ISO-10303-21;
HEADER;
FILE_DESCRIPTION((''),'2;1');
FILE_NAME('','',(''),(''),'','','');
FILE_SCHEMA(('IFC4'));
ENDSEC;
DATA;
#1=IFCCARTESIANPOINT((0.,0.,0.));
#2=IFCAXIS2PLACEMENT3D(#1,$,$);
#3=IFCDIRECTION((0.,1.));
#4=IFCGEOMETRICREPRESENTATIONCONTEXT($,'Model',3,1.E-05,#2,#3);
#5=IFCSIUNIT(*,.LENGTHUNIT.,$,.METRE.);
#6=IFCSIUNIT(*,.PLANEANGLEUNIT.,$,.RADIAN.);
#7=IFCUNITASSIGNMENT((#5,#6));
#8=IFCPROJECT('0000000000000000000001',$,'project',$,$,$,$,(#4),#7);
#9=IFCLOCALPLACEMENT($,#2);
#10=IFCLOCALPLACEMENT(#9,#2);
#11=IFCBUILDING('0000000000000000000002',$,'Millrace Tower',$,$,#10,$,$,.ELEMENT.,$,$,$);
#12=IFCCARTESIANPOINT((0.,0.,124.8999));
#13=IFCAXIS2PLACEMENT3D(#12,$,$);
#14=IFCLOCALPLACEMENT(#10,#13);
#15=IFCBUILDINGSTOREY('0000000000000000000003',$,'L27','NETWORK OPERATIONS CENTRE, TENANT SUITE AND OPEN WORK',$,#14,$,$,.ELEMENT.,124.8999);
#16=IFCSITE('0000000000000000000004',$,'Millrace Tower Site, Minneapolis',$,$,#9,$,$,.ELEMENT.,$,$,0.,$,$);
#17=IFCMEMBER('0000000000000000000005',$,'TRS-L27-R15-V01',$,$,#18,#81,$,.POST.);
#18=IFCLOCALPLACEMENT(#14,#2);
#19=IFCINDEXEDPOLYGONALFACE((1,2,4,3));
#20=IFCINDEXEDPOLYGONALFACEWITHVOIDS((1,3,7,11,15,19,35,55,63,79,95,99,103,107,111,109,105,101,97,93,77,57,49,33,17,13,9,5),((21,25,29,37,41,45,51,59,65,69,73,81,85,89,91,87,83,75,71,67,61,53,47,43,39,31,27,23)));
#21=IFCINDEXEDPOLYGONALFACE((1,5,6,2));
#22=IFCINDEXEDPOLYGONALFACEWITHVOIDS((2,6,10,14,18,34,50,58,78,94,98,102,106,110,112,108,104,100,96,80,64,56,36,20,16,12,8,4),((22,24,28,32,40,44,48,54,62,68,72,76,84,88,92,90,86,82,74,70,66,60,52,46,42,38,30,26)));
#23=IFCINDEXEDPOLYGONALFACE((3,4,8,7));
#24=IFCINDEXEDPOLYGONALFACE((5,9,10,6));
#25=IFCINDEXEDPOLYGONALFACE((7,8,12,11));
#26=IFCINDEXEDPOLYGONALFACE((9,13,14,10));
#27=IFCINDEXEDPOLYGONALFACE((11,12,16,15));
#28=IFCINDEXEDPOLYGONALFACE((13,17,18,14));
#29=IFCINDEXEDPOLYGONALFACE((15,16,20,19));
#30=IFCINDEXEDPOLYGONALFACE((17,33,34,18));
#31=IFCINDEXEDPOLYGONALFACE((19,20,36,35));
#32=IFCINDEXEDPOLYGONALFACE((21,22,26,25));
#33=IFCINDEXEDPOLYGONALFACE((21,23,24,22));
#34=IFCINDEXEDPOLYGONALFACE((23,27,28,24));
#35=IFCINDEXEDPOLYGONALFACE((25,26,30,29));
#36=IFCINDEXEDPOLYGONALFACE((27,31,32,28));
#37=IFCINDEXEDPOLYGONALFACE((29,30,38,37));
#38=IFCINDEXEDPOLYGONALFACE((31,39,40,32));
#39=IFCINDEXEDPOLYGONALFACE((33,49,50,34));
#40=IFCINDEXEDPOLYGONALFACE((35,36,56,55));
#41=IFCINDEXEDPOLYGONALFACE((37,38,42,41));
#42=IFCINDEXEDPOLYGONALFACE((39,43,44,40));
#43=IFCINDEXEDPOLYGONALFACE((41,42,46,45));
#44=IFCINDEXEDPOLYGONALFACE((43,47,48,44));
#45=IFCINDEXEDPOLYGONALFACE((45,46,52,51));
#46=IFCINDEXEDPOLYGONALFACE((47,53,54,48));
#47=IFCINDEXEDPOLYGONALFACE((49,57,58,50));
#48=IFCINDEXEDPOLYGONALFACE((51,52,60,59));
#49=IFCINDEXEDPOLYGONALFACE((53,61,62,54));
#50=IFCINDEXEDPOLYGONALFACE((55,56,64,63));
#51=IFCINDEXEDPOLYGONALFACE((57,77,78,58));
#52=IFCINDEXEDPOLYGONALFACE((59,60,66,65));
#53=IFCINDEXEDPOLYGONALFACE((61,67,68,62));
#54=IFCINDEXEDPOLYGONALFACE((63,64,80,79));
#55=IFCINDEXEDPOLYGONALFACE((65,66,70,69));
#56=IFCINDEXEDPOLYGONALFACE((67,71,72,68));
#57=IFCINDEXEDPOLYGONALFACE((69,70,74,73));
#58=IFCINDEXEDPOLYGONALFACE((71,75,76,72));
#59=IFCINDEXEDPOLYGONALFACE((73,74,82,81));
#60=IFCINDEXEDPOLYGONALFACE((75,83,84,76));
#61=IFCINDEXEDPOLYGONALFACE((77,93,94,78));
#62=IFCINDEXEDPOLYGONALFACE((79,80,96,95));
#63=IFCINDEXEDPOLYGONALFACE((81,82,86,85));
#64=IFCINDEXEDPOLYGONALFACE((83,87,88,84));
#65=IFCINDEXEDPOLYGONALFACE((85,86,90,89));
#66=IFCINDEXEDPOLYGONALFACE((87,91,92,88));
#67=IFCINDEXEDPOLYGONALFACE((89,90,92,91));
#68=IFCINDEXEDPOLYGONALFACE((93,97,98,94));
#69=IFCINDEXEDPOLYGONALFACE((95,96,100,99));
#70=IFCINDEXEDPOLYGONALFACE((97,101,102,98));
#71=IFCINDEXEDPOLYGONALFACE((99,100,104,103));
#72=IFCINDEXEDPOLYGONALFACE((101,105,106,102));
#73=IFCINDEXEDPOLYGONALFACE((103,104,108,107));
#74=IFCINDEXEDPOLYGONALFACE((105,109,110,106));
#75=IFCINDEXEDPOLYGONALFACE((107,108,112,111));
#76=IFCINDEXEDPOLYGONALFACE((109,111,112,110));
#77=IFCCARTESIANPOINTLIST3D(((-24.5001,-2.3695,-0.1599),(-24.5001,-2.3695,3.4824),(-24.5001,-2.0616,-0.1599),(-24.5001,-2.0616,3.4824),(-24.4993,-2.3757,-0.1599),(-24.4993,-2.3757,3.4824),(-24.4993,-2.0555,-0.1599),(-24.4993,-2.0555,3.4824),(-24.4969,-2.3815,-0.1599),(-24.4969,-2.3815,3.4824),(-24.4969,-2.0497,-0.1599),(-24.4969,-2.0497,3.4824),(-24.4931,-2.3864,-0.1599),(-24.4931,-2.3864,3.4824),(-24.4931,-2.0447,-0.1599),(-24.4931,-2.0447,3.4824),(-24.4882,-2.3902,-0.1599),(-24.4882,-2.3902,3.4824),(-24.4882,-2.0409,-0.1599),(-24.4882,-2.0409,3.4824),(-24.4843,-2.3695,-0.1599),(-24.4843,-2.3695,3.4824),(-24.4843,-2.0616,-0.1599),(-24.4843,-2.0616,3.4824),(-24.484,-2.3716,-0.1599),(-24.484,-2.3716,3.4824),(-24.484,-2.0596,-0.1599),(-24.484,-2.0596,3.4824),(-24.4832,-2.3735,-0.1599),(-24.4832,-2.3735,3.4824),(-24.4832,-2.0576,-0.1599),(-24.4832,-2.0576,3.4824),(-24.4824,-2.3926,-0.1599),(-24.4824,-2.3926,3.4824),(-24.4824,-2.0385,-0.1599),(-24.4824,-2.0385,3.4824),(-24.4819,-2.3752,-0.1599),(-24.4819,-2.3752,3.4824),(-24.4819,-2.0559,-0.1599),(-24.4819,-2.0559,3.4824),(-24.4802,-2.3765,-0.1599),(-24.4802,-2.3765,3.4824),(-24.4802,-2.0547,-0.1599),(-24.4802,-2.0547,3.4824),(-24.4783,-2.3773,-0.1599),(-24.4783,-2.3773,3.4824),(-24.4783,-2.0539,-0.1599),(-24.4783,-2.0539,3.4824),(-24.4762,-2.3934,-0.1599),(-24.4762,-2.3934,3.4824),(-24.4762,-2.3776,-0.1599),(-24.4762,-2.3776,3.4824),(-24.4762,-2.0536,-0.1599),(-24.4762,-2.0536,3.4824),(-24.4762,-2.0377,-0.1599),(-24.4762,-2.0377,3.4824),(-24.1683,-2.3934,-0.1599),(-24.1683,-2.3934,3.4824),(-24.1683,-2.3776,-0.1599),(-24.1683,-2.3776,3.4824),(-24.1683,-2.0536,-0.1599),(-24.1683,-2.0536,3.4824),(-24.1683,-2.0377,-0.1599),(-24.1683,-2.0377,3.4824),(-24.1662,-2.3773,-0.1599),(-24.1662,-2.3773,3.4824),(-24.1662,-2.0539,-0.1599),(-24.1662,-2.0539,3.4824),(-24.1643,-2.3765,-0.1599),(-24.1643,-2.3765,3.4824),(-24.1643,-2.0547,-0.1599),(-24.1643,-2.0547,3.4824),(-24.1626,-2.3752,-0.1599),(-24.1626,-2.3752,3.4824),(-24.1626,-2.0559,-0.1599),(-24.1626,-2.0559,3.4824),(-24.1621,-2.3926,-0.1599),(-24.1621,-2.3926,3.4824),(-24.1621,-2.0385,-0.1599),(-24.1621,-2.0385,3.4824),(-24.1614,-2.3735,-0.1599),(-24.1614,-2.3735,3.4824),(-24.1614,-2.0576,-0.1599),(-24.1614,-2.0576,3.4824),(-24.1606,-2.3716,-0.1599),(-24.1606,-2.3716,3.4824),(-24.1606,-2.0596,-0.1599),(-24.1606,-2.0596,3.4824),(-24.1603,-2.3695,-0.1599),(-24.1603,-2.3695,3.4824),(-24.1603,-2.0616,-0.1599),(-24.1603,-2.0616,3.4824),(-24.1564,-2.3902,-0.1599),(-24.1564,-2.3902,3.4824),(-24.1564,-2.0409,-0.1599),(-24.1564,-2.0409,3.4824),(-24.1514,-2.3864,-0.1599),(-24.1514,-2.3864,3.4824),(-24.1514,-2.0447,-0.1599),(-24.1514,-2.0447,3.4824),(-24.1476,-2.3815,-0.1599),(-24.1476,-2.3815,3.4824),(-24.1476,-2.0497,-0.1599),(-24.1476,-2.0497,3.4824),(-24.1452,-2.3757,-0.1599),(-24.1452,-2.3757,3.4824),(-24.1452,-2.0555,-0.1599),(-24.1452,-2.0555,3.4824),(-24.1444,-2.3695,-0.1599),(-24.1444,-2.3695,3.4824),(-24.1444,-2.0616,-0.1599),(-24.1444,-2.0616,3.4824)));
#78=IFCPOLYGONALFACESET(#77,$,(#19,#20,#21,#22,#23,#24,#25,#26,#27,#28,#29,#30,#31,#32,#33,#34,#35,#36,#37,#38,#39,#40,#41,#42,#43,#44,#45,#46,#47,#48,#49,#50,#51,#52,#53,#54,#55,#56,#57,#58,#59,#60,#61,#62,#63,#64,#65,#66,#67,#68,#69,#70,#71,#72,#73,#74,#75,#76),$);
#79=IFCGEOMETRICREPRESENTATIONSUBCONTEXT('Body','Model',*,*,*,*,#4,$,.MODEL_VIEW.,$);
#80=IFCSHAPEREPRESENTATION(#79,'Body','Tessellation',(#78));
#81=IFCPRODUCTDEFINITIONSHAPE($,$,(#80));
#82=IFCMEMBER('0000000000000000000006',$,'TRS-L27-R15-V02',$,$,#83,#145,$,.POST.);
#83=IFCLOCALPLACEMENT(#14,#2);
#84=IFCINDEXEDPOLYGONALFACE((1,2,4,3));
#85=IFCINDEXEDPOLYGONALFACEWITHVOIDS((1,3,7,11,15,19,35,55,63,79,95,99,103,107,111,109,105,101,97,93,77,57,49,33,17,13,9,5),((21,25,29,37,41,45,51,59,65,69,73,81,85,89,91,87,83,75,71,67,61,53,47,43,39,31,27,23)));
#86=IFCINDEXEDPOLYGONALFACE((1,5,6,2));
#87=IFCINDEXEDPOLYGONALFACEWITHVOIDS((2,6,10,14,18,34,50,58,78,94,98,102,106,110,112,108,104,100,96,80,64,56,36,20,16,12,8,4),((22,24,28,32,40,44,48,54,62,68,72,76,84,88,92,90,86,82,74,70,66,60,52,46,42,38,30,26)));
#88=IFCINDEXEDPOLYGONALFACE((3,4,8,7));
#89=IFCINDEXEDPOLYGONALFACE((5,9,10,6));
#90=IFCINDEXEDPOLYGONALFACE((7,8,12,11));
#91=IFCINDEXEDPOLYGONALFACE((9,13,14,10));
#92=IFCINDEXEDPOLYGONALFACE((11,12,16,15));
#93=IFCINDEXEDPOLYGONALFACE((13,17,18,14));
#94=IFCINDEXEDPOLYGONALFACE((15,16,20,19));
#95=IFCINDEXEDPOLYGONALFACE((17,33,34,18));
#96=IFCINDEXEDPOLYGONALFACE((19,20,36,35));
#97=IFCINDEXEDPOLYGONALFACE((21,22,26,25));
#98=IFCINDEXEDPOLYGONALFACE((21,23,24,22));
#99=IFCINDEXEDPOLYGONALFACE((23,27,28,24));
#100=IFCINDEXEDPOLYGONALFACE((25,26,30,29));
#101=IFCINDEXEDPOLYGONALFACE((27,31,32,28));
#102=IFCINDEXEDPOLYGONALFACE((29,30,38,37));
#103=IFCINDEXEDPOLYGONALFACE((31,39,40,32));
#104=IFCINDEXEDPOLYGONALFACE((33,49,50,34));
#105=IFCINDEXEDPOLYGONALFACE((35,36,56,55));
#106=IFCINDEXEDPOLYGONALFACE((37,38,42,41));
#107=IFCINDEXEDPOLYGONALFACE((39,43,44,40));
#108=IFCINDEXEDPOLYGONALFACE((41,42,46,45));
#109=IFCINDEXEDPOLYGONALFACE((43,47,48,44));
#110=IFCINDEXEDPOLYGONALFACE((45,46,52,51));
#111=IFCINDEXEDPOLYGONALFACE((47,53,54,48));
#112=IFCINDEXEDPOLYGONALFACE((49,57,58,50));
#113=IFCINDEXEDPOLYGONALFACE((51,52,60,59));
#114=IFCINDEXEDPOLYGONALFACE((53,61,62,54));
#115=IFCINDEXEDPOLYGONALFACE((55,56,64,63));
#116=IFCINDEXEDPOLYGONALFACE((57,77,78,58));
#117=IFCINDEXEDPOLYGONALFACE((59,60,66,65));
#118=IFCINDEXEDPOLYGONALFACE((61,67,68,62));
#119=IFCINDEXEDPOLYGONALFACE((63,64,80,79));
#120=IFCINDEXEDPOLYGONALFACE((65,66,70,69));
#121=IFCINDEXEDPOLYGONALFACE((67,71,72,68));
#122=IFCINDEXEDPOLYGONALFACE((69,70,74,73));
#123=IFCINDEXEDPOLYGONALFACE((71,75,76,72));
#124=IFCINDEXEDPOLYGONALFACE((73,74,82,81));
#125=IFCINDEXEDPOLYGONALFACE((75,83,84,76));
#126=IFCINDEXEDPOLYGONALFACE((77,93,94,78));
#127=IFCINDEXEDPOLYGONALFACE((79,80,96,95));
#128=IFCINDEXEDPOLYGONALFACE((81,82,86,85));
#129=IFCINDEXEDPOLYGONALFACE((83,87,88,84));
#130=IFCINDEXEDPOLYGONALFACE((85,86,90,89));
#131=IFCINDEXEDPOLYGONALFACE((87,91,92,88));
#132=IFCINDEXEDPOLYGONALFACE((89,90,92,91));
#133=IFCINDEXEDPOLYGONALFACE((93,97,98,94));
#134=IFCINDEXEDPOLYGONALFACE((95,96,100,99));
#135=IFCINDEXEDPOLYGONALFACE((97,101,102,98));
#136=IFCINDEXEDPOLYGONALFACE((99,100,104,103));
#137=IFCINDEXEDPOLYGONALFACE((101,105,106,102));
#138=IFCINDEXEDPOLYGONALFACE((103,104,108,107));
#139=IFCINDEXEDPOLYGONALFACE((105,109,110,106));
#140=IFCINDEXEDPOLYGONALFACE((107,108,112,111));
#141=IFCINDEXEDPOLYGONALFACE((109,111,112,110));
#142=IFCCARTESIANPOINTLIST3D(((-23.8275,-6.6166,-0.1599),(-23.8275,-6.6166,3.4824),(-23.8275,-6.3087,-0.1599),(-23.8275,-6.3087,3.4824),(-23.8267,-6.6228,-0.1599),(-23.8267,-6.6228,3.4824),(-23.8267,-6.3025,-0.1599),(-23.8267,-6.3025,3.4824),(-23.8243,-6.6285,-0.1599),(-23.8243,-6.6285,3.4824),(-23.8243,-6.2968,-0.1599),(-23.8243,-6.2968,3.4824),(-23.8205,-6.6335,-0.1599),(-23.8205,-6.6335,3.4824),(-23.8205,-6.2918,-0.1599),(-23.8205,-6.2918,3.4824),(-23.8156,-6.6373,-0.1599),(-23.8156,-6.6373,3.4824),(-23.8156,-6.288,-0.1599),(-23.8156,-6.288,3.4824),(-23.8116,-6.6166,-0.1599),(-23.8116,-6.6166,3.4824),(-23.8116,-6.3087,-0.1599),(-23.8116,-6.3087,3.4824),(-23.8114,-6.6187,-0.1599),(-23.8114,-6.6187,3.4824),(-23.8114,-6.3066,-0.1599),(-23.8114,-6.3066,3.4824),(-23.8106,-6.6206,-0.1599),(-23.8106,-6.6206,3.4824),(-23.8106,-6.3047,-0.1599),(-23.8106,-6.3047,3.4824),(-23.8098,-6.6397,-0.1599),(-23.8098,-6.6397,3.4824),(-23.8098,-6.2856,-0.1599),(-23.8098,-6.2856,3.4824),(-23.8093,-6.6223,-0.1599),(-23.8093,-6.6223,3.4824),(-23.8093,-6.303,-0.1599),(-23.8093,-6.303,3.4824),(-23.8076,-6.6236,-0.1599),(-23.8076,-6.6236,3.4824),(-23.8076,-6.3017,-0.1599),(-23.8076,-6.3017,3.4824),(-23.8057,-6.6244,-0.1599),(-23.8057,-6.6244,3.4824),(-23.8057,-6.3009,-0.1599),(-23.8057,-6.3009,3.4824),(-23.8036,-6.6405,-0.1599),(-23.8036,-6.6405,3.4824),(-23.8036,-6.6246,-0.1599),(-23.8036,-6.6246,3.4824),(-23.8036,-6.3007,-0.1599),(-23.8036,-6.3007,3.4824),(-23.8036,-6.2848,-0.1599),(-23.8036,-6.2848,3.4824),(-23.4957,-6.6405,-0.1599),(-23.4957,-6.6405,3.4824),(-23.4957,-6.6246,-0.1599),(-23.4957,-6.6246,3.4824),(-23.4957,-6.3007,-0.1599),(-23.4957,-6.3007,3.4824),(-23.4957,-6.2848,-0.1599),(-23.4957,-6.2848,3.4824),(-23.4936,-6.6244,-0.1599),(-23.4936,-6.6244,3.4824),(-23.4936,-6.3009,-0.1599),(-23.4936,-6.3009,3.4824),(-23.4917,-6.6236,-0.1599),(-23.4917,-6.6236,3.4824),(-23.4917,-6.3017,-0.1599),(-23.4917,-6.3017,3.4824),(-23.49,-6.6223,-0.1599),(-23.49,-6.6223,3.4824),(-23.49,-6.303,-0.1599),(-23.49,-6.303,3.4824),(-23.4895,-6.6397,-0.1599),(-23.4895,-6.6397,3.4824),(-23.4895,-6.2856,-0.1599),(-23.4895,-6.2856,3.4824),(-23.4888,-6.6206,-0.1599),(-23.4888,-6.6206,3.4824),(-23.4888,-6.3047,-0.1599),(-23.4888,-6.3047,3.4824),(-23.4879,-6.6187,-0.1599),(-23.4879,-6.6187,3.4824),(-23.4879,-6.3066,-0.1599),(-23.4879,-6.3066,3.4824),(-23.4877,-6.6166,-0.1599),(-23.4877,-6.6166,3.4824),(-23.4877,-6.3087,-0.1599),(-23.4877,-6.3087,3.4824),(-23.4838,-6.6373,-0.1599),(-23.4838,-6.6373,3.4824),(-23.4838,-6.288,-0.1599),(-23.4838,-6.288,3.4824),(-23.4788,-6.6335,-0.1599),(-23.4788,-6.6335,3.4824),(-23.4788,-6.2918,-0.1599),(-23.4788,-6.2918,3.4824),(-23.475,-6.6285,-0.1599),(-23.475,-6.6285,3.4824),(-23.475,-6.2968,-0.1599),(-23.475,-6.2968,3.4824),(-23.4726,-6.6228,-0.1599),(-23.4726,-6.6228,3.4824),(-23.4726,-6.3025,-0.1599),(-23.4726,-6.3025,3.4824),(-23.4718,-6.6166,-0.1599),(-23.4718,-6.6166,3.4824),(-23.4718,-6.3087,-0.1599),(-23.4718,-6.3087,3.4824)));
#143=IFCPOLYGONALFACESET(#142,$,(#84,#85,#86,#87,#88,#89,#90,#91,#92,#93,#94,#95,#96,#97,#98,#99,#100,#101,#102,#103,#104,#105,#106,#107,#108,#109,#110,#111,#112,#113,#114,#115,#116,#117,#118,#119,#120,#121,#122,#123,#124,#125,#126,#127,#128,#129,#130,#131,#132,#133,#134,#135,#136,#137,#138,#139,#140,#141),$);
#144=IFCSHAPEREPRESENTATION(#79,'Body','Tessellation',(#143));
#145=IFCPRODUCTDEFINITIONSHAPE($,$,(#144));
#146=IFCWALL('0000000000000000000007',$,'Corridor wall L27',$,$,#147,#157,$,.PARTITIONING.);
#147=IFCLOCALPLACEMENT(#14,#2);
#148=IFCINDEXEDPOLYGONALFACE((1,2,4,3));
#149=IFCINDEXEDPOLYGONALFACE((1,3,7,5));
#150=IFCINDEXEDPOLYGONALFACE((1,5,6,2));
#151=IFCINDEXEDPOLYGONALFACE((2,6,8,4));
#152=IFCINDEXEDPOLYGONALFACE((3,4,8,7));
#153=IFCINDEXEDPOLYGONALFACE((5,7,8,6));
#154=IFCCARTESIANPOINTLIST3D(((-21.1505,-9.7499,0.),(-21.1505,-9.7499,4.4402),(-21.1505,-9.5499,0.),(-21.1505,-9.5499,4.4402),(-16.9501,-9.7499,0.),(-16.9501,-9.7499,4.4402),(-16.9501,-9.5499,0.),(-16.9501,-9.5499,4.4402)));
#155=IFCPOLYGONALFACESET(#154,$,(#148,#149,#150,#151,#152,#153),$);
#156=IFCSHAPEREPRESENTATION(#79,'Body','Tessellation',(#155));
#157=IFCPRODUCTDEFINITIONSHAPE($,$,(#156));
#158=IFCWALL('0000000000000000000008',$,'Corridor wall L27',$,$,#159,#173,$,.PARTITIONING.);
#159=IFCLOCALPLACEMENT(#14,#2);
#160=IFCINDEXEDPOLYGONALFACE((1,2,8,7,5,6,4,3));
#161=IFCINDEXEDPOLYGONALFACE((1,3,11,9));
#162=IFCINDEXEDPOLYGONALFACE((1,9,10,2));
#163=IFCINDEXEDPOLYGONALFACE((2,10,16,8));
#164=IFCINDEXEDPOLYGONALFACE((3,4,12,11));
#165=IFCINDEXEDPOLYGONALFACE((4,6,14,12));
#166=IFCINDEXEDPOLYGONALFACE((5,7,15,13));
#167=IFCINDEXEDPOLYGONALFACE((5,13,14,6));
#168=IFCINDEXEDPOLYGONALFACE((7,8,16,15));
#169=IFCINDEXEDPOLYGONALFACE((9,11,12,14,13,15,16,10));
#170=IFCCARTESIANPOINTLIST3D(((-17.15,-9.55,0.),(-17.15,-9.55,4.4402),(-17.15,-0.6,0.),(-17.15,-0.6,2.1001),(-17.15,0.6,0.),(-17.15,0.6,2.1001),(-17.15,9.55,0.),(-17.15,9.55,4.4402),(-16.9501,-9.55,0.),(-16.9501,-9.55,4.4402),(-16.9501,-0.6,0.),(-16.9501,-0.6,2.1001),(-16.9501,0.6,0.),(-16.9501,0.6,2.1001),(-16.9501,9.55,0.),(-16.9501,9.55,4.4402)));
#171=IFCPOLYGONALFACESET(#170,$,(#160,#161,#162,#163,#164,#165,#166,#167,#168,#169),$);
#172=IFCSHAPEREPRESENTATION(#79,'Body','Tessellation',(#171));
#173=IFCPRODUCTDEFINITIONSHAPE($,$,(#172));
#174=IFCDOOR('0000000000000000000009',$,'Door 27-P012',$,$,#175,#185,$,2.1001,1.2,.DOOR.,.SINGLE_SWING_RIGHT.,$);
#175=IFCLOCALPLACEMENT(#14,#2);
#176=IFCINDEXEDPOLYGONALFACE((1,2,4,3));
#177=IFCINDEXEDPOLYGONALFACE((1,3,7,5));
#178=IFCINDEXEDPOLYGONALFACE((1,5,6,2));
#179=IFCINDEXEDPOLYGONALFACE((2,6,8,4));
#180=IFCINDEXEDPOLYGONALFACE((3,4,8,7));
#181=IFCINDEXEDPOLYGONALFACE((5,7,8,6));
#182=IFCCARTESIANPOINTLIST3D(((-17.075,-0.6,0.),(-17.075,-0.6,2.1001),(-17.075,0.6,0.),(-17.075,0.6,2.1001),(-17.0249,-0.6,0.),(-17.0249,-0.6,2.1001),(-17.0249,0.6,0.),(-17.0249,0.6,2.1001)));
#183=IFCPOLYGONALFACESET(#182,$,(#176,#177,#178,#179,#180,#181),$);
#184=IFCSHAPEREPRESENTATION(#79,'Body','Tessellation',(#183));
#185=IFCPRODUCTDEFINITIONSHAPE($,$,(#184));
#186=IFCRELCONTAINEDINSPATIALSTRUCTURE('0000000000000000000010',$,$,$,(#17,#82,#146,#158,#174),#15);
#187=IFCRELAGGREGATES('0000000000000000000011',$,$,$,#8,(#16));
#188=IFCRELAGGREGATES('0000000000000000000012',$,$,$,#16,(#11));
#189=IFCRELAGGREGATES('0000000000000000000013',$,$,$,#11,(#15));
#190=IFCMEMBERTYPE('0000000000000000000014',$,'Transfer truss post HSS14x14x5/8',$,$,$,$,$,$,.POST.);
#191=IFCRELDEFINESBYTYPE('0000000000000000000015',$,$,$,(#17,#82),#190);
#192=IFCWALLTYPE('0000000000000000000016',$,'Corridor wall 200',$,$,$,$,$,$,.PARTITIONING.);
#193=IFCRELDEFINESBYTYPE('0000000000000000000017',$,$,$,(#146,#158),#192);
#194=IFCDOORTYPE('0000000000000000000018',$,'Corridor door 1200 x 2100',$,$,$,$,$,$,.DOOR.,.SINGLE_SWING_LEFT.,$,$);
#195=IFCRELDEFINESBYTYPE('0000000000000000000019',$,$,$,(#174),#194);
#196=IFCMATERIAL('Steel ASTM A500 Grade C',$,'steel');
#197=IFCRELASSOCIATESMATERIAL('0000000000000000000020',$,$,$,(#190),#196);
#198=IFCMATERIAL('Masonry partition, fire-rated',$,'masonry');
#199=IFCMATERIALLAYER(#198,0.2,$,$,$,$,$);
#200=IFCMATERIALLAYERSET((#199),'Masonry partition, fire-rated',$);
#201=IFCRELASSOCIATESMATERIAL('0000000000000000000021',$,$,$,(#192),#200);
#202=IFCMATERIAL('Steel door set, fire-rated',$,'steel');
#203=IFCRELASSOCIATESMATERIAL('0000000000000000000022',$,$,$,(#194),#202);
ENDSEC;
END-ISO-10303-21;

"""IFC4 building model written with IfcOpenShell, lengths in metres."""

from ifc_helpers import new_model, si_unit, direction, frame, frame_2d, origin, origin_2d, place, context, subcontext, project, spatial, rectangle, hollow_rectangle, extrude, material, layer, layer_set, material_profile, profile_set, type_object, element, fill, save


model = new_model("IFC4")

# Units and contexts
model_context = context("Model", 3, precision=1e-05, world=origin(), true_north=direction((0.0, 1.0)))
body_context = subcontext(model_context, "Body", "Model", "MODEL_VIEW")
ifc_project = project(units=[si_unit("LENGTHUNIT", "METRE"), si_unit("PLANEANGLEUNIT", "RADIAN")], contexts=[model_context])

# Site, building, storey
site_placement = place(None, origin())
site = spatial("IfcSite", under=ifc_project, at=site_placement, Name="Millrace Tower Site, Minneapolis", CompositionType="ELEMENT", RefElevation=0.0)
building_placement = place(site_placement, origin())
building = spatial("IfcBuilding", under=site, at=building_placement, Name="Millrace Tower", CompositionType="ELEMENT")
storey_placement = place(building_placement, frame((0.0, 0.0, 124.8999)))
storey = spatial("IfcBuildingStorey", under=building, at=storey_placement, Name="L27", Description="NETWORK OPERATIONS CENTRE, TENANT SUITE AND OPEN WORK", CompositionType="ELEMENT", Elevation=124.8999)

# Members
ifc_material_1 = material(Name="Steel ASTM A500 Grade C", Category="steel")
ifc_material_profile_1 = material_profile(ifc_material_1, hollow_rectangle(XDim=0.3557, YDim=0.3557, WallThickness=0.0159, InnerFilletRadius=0.0081, OuterFilletRadius=0.0239, at=origin_2d()))
ifc_profile_set_1 = profile_set([ifc_material_profile_1], Name="Steel ASTM A500 Grade C")
member_type_1 = type_object("IfcMemberType", Name="Transfer truss post HSS14x14x5/8", PredefinedType="POST", material=ifc_profile_set_1)
for number, where, z_axis, x_axis, name in (
    (1, (-24.3223, -2.2156, -0.1599), (0.0, 0.0, 1.0), (1.0, 0.0, 0.0), "TRS-L27-R15-V01"),
    (2, (-23.6497, -6.4626, -0.1599), (0.0, 0.0, 1.0), (1.0, 0.0, 0.0), "TRS-L27-R15-V02"),
):
    element("IfcMember", number, at=place(storey_placement, frame(where, z_axis=z_axis, x_axis=x_axis)), inside=storey, type_object=member_type_1, Name=name, PredefinedType="POST", context=body_context, shape_type="SweptSolid", body=[
        extrude(hollow_rectangle(XDim=0.3557, YDim=0.3557, WallThickness=0.0159, InnerFilletRadius=0.0081, OuterFilletRadius=0.0239, at=origin_2d()), origin(), (0.0, 0.0, 1.0), 3.6423),
    ])

# Wall
ifc_material_2 = material(Name="Masonry partition, fire-rated", Category="masonry")
ifc_layer_1 = layer(ifc_material_2, 0.2)
ifc_layer_set_1 = layer_set([ifc_layer_1], Name="Masonry partition, fire-rated")
wall_type = type_object("IfcWallType", Name="Corridor wall 200", PredefinedType="PARTITIONING", material=ifc_layer_set_1)
wall_1_placement = place(storey_placement, frame((-21.1504, -9.6499, 0.0), z_axis=(0.0, 0.0, 1.0), x_axis=(1.0, 0.0, 0.0)))
element("IfcWall", 3, at=wall_1_placement, inside=storey, type_object=wall_type, Name="Corridor wall L27", PredefinedType="PARTITIONING", context=body_context, shape_type="SweptSolid", body=[
    extrude(rectangle(XDim=4.2004, YDim=0.2, at=frame_2d((2.1001, 0.0))), origin(), (0.0, 0.0, 1.0), 4.4402),
])

# Wall, opening, door
wall_2_placement = place(storey_placement, frame((-17.05, -9.55, 0.0), z_axis=(0.0, 0.0, 1.0), x_axis=(0.0, 1.0, 0.0)))
wall_2 = element("IfcWall", 4, at=wall_2_placement, inside=storey, type_object=wall_type, Name="Corridor wall L27", PredefinedType="PARTITIONING", context=body_context, shape_type="SweptSolid", body=[
    extrude(rectangle(XDim=19.1001, YDim=0.2, at=frame_2d((9.55, 0.0))), origin(), (0.0, 0.0, 1.0), 4.4402),
])
opening_placement = place(wall_2_placement, frame((8.95, 0.0, 0.0)))
opening = element("IfcOpeningElement", 5, at=opening_placement, cuts=wall_2, PredefinedType="OPENING", context=body_context, shape_type="SweptSolid", body=[
    extrude(rectangle(XDim=1.2, YDim=2.1001, at=frame_2d((0.6001, 1.05))), frame((0.0, 0.1099, 0.0), z_axis=(0.0, -1.0, 0.0), x_axis=(1.0, 0.0, 0.0)), (0.0, 0.0, 1.0), 0.22),
])
ifc_material_3 = material(Name="Steel door set, fire-rated", Category="steel")
door_type = type_object("IfcDoorType", Name="Corridor door 1200 x 2100", OperationType="SINGLE_SWING_LEFT", PredefinedType="DOOR", material=ifc_material_3)
door_placement = place(opening_placement, origin())
door = element("IfcDoor", 6, at=door_placement, inside=storey, type_object=door_type, Name="Door 27-P012", OperationType="SINGLE_SWING_RIGHT", OverallHeight=2.1001, OverallWidth=1.2, PredefinedType="DOOR", context=body_context, shape_type="SweptSolid", body=[
    extrude(rectangle(XDim=1.2, YDim=2.1001, at=frame_2d((0.6001, 1.05))), frame((0.0, 0.0249, 0.0), z_axis=(0.0, -1.0, 0.0), x_axis=(1.0, 0.0, 0.0)), (0.0, 0.0, 1.0), 0.05),
])
fill(opening, door)

save(model, "model.ifc")
